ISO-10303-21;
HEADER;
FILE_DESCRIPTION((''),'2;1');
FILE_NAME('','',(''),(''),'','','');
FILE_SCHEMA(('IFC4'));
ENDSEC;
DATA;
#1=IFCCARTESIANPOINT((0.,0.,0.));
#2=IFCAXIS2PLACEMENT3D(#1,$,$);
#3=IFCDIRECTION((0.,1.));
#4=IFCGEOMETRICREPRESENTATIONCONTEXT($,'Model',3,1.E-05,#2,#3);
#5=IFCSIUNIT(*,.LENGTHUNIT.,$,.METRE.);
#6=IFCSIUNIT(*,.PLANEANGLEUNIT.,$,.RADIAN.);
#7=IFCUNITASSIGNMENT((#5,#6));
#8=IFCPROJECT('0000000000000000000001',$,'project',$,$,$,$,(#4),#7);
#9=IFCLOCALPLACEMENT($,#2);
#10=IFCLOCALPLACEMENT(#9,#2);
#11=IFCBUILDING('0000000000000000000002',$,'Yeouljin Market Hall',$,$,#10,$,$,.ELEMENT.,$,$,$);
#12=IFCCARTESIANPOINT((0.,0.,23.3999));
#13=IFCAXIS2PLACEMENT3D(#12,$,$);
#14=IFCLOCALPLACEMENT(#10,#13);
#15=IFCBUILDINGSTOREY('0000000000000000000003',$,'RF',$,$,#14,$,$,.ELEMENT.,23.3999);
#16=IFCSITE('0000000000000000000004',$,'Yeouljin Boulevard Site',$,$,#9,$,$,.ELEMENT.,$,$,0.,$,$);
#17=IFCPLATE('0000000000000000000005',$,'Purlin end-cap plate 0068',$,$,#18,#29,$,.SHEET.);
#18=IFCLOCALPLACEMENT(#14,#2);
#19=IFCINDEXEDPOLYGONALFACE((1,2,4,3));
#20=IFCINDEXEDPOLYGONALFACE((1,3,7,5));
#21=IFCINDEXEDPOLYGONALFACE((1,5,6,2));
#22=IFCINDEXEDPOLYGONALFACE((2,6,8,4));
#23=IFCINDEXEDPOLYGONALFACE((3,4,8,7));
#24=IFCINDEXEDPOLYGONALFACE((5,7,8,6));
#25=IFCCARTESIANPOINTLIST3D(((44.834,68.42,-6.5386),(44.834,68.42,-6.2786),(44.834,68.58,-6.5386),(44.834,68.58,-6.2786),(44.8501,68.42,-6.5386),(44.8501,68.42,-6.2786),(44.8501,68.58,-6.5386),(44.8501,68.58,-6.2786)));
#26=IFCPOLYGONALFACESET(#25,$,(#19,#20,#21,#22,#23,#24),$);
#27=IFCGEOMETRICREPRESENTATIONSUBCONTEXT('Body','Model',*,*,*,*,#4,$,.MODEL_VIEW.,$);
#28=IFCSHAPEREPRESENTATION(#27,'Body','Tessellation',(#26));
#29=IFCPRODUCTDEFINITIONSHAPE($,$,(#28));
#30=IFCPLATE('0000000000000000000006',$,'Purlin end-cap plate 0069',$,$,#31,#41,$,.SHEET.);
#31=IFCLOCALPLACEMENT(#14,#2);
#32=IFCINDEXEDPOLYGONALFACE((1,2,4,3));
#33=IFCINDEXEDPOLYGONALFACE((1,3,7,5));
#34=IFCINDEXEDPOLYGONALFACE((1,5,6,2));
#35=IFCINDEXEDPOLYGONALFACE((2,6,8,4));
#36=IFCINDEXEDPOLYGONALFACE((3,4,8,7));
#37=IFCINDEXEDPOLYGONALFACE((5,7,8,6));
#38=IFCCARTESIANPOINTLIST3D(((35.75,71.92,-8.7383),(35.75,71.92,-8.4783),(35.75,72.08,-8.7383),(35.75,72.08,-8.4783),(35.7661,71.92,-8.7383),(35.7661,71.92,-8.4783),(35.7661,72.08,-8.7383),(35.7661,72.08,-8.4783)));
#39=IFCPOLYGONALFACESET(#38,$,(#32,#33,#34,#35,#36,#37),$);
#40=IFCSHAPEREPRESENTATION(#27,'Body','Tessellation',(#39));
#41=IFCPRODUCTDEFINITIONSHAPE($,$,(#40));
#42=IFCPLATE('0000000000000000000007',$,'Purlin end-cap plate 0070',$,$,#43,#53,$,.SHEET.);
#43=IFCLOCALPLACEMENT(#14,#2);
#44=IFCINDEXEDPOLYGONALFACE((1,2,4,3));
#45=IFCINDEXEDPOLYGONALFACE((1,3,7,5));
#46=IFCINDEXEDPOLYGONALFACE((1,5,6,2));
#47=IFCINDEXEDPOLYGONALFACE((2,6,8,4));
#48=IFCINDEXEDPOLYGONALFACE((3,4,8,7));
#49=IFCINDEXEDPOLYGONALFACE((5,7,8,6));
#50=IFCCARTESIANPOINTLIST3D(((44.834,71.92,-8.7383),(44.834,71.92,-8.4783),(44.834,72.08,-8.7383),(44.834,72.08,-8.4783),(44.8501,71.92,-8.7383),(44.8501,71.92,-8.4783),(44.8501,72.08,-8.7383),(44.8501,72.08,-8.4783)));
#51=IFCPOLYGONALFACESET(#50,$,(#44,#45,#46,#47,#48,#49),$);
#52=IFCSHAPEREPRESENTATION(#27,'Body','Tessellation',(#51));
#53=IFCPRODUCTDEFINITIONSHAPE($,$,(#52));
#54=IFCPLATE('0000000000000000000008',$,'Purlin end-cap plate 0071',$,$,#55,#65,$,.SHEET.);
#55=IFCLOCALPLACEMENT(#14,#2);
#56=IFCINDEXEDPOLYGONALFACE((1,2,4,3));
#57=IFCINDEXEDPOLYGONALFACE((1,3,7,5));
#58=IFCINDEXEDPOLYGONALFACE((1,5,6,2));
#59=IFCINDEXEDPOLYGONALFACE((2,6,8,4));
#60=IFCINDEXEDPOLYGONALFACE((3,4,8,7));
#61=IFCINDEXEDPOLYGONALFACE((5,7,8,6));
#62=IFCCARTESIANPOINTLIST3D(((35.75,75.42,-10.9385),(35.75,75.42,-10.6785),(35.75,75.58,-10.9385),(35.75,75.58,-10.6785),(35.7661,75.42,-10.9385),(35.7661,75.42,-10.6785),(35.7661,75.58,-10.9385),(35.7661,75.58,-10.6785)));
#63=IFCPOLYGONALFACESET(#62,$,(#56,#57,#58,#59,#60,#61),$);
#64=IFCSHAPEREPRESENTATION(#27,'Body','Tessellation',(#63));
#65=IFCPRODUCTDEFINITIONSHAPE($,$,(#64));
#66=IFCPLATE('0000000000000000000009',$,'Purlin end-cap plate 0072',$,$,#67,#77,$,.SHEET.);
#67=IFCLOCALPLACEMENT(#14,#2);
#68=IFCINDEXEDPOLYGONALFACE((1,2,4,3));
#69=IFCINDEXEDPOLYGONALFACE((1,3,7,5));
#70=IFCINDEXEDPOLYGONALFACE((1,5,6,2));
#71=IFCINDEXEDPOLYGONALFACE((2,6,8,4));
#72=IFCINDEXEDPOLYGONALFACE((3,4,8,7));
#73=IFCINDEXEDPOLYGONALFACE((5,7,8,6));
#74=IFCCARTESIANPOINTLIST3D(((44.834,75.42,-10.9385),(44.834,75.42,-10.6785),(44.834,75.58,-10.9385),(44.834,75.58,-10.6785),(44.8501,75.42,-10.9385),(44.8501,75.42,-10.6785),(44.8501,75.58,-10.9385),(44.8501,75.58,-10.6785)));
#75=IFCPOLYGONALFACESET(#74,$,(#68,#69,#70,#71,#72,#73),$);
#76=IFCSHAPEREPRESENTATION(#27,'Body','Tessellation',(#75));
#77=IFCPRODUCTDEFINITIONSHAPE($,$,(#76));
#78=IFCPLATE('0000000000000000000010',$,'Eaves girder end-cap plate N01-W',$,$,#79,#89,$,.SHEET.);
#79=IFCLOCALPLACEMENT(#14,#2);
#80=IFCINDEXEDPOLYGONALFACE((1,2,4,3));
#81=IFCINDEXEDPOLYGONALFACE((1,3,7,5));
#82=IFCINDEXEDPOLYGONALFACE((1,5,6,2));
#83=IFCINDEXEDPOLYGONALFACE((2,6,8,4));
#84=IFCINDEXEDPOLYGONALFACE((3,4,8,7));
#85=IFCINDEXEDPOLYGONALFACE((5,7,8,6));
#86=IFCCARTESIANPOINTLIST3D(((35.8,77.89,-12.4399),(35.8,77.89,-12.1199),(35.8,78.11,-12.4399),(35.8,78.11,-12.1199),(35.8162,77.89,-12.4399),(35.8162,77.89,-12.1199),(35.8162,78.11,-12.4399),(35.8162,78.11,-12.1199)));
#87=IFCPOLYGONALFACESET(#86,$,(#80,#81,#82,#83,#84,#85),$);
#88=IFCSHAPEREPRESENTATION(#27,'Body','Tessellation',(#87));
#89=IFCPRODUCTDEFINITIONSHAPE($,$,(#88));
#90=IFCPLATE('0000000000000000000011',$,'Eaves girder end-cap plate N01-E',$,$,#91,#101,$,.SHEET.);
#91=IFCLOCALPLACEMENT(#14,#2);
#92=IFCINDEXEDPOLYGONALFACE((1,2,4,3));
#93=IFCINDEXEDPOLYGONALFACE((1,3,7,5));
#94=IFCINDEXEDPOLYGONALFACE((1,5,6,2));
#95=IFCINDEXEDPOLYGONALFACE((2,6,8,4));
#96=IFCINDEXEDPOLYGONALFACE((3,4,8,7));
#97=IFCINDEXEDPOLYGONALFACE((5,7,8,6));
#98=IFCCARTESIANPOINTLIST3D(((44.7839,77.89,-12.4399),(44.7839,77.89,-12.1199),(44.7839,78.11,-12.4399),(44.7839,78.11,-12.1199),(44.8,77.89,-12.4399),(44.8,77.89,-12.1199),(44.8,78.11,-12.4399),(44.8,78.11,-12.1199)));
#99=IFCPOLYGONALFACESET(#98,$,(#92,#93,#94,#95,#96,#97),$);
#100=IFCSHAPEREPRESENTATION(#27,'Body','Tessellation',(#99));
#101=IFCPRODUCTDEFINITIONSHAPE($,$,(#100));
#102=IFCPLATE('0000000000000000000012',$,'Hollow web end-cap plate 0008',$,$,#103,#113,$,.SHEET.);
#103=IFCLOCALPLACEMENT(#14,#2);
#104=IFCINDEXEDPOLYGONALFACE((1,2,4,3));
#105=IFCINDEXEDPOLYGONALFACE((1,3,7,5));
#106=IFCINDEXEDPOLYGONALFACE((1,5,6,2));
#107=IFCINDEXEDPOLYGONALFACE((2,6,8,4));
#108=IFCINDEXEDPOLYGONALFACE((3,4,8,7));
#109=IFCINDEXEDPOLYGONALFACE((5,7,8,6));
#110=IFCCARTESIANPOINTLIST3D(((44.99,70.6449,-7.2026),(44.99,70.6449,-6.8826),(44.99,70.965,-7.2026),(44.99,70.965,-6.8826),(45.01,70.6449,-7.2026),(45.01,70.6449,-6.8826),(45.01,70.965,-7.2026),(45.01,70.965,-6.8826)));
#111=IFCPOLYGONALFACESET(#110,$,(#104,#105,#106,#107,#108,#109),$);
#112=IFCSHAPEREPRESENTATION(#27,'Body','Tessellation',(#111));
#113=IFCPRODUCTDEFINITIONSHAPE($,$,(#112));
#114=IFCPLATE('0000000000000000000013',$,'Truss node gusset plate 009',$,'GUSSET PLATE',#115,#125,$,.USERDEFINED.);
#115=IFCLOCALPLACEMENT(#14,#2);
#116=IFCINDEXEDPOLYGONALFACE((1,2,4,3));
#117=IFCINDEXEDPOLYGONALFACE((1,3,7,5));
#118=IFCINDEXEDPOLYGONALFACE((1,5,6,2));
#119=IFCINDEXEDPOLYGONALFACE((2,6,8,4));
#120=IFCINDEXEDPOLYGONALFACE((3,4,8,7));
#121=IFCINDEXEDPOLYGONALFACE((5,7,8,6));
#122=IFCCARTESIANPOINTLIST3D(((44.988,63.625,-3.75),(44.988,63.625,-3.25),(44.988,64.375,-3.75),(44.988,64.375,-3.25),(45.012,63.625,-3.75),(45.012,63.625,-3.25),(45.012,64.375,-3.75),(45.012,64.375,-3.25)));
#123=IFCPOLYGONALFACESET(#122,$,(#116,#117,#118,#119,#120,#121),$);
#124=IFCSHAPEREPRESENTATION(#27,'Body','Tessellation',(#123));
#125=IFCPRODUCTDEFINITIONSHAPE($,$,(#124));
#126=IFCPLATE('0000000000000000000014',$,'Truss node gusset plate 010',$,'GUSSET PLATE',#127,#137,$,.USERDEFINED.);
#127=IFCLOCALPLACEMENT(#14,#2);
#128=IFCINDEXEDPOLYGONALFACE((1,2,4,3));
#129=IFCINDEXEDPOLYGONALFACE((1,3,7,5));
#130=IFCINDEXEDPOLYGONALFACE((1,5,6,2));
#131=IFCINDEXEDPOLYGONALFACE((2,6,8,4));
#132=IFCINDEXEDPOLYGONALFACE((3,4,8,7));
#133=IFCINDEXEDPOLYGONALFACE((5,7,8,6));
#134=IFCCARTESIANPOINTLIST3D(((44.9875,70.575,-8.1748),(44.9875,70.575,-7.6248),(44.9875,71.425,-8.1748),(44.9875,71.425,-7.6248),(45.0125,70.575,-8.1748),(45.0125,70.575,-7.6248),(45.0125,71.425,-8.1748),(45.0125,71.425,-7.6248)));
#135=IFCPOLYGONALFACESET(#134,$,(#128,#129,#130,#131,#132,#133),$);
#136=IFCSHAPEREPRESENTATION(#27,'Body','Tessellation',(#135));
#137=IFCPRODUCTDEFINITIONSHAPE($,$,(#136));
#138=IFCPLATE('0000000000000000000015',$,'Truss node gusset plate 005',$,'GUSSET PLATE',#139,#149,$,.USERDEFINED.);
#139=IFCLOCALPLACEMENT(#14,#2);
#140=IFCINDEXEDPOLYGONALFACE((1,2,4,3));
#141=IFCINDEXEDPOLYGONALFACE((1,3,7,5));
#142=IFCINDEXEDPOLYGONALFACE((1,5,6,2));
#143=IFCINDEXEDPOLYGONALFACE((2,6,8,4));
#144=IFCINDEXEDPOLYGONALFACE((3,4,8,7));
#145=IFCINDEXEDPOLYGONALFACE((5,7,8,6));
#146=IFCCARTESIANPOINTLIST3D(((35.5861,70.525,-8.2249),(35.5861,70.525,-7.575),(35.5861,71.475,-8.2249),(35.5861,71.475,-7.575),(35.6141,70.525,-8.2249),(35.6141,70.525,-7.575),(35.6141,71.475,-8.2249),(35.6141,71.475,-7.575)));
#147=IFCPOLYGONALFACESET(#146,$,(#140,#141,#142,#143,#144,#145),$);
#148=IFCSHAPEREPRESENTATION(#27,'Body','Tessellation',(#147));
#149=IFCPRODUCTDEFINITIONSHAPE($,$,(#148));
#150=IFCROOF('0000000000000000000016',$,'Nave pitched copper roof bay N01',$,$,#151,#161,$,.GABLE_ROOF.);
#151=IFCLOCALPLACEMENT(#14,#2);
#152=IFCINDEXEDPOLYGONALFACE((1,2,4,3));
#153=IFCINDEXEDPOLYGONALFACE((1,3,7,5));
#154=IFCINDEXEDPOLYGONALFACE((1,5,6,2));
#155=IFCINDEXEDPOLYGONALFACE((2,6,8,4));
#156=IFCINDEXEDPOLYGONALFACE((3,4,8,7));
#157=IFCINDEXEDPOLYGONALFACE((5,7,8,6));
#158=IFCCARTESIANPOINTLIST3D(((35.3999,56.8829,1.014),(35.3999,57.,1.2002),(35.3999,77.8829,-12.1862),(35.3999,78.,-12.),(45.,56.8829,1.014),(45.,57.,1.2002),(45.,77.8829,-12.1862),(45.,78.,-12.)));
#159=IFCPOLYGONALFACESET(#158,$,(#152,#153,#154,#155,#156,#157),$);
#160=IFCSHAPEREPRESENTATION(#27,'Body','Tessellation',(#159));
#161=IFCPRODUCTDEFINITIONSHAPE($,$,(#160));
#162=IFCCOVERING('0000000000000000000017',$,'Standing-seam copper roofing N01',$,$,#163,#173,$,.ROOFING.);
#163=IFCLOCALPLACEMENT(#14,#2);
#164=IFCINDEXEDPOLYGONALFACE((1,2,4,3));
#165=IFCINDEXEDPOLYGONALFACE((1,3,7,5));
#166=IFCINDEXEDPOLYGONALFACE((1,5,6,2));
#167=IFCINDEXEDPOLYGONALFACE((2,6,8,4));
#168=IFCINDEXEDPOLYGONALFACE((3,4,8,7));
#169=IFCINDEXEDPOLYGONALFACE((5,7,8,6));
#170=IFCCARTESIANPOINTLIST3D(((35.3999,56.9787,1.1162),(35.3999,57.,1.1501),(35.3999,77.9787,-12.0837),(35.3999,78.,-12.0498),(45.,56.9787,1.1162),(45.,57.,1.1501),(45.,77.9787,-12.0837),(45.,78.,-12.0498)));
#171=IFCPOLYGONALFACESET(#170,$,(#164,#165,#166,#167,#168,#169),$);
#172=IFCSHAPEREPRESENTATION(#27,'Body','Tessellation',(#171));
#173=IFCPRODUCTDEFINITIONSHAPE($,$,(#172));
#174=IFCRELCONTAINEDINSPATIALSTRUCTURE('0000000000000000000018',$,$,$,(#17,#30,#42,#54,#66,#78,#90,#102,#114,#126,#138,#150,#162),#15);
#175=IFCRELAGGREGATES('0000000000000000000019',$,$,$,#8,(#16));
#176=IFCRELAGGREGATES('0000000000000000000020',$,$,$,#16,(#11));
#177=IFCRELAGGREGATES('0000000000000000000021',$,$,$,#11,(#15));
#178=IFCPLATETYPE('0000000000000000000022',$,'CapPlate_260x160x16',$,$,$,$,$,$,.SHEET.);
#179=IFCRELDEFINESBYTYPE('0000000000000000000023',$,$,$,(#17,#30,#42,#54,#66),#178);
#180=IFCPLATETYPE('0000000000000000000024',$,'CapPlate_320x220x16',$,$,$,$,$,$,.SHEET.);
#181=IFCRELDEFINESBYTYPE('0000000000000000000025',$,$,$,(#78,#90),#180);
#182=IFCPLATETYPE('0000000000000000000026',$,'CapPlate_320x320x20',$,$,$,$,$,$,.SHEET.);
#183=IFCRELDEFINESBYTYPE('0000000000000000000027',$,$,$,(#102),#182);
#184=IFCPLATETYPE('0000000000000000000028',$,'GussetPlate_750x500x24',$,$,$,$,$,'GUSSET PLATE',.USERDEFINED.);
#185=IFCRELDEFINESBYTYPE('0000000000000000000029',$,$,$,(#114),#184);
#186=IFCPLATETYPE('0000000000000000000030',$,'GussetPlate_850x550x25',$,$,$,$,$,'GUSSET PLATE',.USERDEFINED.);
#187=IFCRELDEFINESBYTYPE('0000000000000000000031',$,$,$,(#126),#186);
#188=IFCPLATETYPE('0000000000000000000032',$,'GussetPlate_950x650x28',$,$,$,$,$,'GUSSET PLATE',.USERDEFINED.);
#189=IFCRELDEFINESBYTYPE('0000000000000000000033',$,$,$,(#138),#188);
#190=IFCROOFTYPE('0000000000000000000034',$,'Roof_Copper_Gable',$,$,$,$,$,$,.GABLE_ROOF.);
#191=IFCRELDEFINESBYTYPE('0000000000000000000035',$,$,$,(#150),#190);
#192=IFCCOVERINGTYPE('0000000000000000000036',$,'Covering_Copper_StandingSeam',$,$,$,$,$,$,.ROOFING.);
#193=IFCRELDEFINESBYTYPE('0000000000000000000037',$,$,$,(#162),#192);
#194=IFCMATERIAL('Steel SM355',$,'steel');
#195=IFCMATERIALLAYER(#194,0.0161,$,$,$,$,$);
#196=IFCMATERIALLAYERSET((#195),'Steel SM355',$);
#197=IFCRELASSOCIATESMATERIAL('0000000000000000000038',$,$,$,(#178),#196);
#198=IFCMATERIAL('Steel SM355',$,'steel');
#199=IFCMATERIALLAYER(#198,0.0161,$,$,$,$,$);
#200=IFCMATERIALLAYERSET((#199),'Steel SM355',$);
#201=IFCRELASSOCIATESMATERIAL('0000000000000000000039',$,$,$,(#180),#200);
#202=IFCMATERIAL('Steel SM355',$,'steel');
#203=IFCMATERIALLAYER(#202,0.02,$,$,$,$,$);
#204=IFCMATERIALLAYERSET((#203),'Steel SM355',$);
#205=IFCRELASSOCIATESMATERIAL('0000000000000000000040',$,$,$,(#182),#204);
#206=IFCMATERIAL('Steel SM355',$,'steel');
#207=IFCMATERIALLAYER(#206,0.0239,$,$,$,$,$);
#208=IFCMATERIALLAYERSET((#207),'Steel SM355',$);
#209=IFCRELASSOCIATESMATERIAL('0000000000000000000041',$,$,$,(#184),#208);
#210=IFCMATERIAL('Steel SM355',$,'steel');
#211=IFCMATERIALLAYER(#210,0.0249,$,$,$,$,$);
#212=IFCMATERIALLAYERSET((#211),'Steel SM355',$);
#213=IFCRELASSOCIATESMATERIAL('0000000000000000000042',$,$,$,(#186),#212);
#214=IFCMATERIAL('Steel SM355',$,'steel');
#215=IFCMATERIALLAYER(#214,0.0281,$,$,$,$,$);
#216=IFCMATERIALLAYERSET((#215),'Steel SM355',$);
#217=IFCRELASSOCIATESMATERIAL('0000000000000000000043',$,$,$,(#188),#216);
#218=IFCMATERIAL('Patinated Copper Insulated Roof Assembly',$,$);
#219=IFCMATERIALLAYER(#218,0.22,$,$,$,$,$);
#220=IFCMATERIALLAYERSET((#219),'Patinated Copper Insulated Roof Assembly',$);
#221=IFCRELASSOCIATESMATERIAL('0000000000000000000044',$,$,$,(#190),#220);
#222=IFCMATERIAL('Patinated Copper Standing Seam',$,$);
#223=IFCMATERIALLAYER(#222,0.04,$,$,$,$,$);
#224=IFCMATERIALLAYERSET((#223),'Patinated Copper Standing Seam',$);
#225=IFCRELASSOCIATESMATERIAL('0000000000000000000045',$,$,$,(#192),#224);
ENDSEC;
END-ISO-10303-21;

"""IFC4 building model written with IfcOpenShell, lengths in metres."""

from ifc_helpers import new_model, si_unit, direction, frame, origin, origin_2d, place, context, subcontext, project, spatial, polyline, rectangle, outline, extrude, material, layer, layer_set, type_object, element, save


model = new_model("IFC4")

# Units and contexts
model_context = context("Model", 3, precision=1e-05, world=origin(), true_north=direction((0.0, 1.0)))
body_context = subcontext(model_context, "Body", "Model", "MODEL_VIEW")
ifc_project = project(units=[si_unit("LENGTHUNIT", "METRE"), si_unit("PLANEANGLEUNIT", "RADIAN")], contexts=[model_context])

# Site, building, storey
site_placement = place(None, origin())
site = spatial("IfcSite", under=ifc_project, at=site_placement, Name="Yeouljin Boulevard Site", CompositionType="ELEMENT", RefElevation=0.0)
building_placement = place(site_placement, origin())
building = spatial("IfcBuilding", under=site, at=building_placement, Name="Yeouljin Market Hall", CompositionType="ELEMENT")
storey_placement = place(building_placement, frame((0.0, 0.0, 23.3999)))
storey = spatial("IfcBuildingStorey", under=building, at=storey_placement, Name="RF", CompositionType="ELEMENT", Elevation=23.3999)

# Plates
ifc_material_1 = material(Name="Steel SM355", Category="steel")
ifc_layer_1 = layer(ifc_material_1, 0.0161)
ifc_layer_set_1 = layer_set([ifc_layer_1], Name="Steel SM355")
plate_type_1 = type_object("IfcPlateType", Name="CapPlate_260x160x16", PredefinedType="SHEET", material=ifc_layer_set_1)
for number, where, z_axis, x_axis, name in (
    (1, (44.842, 68.5, -6.5386), (0.0, 0.0, 1.0), (0.0, 1.0, 0.0), "Purlin end-cap plate 0068"),
    (2, (35.7581, 72.0, -8.7383), (0.0, 0.0, 1.0), (0.0, 1.0, 0.0), "Purlin end-cap plate 0069"),
    (3, (44.842, 72.0, -8.7383), (0.0, 0.0, 1.0), (0.0, 1.0, 0.0), "Purlin end-cap plate 0070"),
    (4, (35.7581, 75.5, -10.9385), (0.0, 0.0, 1.0), (0.0, 1.0, 0.0), "Purlin end-cap plate 0071"),
    (5, (44.842, 75.5, -10.9385), (0.0, 0.0, 1.0), (0.0, 1.0, 0.0), "Purlin end-cap plate 0072"),
):
    element("IfcPlate", number, at=place(storey_placement, frame(where, z_axis=z_axis, x_axis=x_axis)), inside=storey, type_object=plate_type_1, Name=name, PredefinedType="SHEET", context=body_context, shape_type="SweptSolid", body=[
        extrude(rectangle(XDim=0.1599, YDim=0.0161, at=origin_2d()), origin(), (0.0, 0.0, 1.0), 0.26),
    ])
ifc_material_2 = material(Name="Steel SM355", Category="steel")
ifc_layer_2 = layer(ifc_material_2, 0.0161)
ifc_layer_set_2 = layer_set([ifc_layer_2], Name="Steel SM355")
plate_type_2 = type_object("IfcPlateType", Name="CapPlate_320x220x16", PredefinedType="SHEET", material=ifc_layer_set_2)
for number, where, z_axis, x_axis, name in (
    (6, (35.8081, 78.0, -12.4399), (0.0, 0.0, 1.0), (0.0, 1.0, 0.0), "Eaves girder end-cap plate N01-W"),
    (7, (44.792, 78.0, -12.4399), (0.0, 0.0, 1.0), (0.0, 1.0, 0.0), "Eaves girder end-cap plate N01-E"),
):
    element("IfcPlate", number, at=place(storey_placement, frame(where, z_axis=z_axis, x_axis=x_axis)), inside=storey, type_object=plate_type_2, Name=name, PredefinedType="SHEET", context=body_context, shape_type="SweptSolid", body=[
        extrude(rectangle(XDim=0.22, YDim=0.0161, at=origin_2d()), origin(), (0.0, 0.0, 1.0), 0.3201),
    ])
ifc_material_3 = material(Name="Steel SM355", Category="steel")
ifc_layer_3 = layer(ifc_material_3, 0.02)
ifc_layer_set_3 = layer_set([ifc_layer_3], Name="Steel SM355")
plate_type_3 = type_object("IfcPlateType", Name="CapPlate_320x320x20", PredefinedType="SHEET", material=ifc_layer_set_3)
plate_1_placement = place(storey_placement, frame((45.0, 70.8049, -7.2026), z_axis=(0.0, 0.0, 1.0), x_axis=(0.0, 1.0, 0.0)))
element("IfcPlate", 8, at=plate_1_placement, inside=storey, type_object=plate_type_3, Name="Hollow web end-cap plate 0008", PredefinedType="SHEET", context=body_context, shape_type="SweptSolid", body=[
    extrude(rectangle(XDim=0.3201, YDim=0.02, at=origin_2d()), origin(), (0.0, 0.0, 1.0), 0.3201),
])
ifc_material_4 = material(Name="Steel SM355", Category="steel")
ifc_layer_4 = layer(ifc_material_4, 0.0239)
ifc_layer_set_4 = layer_set([ifc_layer_4], Name="Steel SM355")
plate_type_4 = type_object("IfcPlateType", Name="GussetPlate_750x500x24", ElementType="GUSSET PLATE", PredefinedType="USERDEFINED", material=ifc_layer_set_4)
plate_2_placement = place(storey_placement, frame((45.0, 64.0, -3.75), z_axis=(0.0, 0.0, 1.0), x_axis=(0.0, 1.0, 0.0)))
element("IfcPlate", 9, at=plate_2_placement, inside=storey, type_object=plate_type_4, Name="Truss node gusset plate 009", ObjectType="GUSSET PLATE", PredefinedType="USERDEFINED", context=body_context, shape_type="SweptSolid", body=[
    extrude(rectangle(XDim=0.75, YDim=0.0239, at=origin_2d()), origin(), (0.0, 0.0, 1.0), 0.5),
])
ifc_material_5 = material(Name="Steel SM355", Category="steel")
ifc_layer_5 = layer(ifc_material_5, 0.0249)
ifc_layer_set_5 = layer_set([ifc_layer_5], Name="Steel SM355")
plate_type_5 = type_object("IfcPlateType", Name="GussetPlate_850x550x25", ElementType="GUSSET PLATE", PredefinedType="USERDEFINED", material=ifc_layer_set_5)
plate_3_placement = place(storey_placement, frame((45.0, 71.0, -8.1748), z_axis=(0.0, 0.0, 1.0), x_axis=(0.0, 1.0, 0.0)))
element("IfcPlate", 10, at=plate_3_placement, inside=storey, type_object=plate_type_5, Name="Truss node gusset plate 010", ObjectType="GUSSET PLATE", PredefinedType="USERDEFINED", context=body_context, shape_type="SweptSolid", body=[
    extrude(rectangle(XDim=0.8501, YDim=0.0249, at=origin_2d()), origin(), (0.0, 0.0, 1.0), 0.55),
])
ifc_material_6 = material(Name="Steel SM355", Category="steel")
ifc_layer_6 = layer(ifc_material_6, 0.0281)
ifc_layer_set_6 = layer_set([ifc_layer_6], Name="Steel SM355")
plate_type_6 = type_object("IfcPlateType", Name="GussetPlate_950x650x28", ElementType="GUSSET PLATE", PredefinedType="USERDEFINED", material=ifc_layer_set_6)
plate_4_placement = place(storey_placement, frame((35.6001, 71.0, -8.2249), z_axis=(0.0, 0.0, 1.0), x_axis=(0.0, 1.0, 0.0)))
element("IfcPlate", 11, at=plate_4_placement, inside=storey, type_object=plate_type_6, Name="Truss node gusset plate 005", ObjectType="GUSSET PLATE", PredefinedType="USERDEFINED", context=body_context, shape_type="SweptSolid", body=[
    extrude(rectangle(XDim=0.95, YDim=0.0281, at=origin_2d()), origin(), (0.0, 0.0, 1.0), 0.6499),
])

# Roof
ifc_material_7 = material(Name="Patinated Copper Insulated Roof Assembly")
ifc_layer_7 = layer(ifc_material_7, 0.22)
ifc_layer_set_7 = layer_set([ifc_layer_7], Name="Patinated Copper Insulated Roof Assembly")
roof_type = type_object("IfcRoofType", Name="Roof_Copper_Gable", PredefinedType="GABLE_ROOF", material=ifc_layer_set_7)
roof_placement = place(storey_placement, frame((45.0, 78.0, -12.0), z_axis=(0.0, 0.532177, 0.846633), x_axis=(-1.0, 0.0, 0.0)))
element("IfcRoof", 12, at=roof_placement, inside=storey, type_object=roof_type, Name="Nave pitched copper roof bay N01", PredefinedType="GABLE_ROOF", context=body_context, shape_type="SweptSolid", body=[
    extrude(outline(polyline([(0.0, 0.0), (9.6001, 0.0), (9.6001, 24.8041), (0.0, 24.8041), (0.0, 0.0)])), origin(), (0.0, 0.0, -1.0), 0.22),
])

# Covering
ifc_material_8 = material(Name="Patinated Copper Standing Seam")
ifc_layer_8 = layer(ifc_material_8, 0.04)
ifc_layer_set_8 = layer_set([ifc_layer_8], Name="Patinated Copper Standing Seam")
covering_type = type_object("IfcCoveringType", Name="Covering_Copper_StandingSeam", PredefinedType="ROOFING", material=ifc_layer_set_8)
covering_placement = place(storey_placement, frame((45.0, 78.0, -12.0498), z_axis=(0.0, 0.53217, 0.846637), x_axis=(-1.0, 0.0, 0.0)))
element("IfcCovering", 13, at=covering_placement, inside=storey, type_object=covering_type, Name="Standing-seam copper roofing N01", PredefinedType="ROOFING", context=body_context, shape_type="SweptSolid", body=[
    extrude(outline(polyline([(0.0, 0.0), (9.6001, 0.0), (9.6001, 24.804), (0.0, 24.804), (0.0, 0.0)])), origin(), (0.0, 0.0, -1.0), 0.04),
])

save(model, "model.ifc")
